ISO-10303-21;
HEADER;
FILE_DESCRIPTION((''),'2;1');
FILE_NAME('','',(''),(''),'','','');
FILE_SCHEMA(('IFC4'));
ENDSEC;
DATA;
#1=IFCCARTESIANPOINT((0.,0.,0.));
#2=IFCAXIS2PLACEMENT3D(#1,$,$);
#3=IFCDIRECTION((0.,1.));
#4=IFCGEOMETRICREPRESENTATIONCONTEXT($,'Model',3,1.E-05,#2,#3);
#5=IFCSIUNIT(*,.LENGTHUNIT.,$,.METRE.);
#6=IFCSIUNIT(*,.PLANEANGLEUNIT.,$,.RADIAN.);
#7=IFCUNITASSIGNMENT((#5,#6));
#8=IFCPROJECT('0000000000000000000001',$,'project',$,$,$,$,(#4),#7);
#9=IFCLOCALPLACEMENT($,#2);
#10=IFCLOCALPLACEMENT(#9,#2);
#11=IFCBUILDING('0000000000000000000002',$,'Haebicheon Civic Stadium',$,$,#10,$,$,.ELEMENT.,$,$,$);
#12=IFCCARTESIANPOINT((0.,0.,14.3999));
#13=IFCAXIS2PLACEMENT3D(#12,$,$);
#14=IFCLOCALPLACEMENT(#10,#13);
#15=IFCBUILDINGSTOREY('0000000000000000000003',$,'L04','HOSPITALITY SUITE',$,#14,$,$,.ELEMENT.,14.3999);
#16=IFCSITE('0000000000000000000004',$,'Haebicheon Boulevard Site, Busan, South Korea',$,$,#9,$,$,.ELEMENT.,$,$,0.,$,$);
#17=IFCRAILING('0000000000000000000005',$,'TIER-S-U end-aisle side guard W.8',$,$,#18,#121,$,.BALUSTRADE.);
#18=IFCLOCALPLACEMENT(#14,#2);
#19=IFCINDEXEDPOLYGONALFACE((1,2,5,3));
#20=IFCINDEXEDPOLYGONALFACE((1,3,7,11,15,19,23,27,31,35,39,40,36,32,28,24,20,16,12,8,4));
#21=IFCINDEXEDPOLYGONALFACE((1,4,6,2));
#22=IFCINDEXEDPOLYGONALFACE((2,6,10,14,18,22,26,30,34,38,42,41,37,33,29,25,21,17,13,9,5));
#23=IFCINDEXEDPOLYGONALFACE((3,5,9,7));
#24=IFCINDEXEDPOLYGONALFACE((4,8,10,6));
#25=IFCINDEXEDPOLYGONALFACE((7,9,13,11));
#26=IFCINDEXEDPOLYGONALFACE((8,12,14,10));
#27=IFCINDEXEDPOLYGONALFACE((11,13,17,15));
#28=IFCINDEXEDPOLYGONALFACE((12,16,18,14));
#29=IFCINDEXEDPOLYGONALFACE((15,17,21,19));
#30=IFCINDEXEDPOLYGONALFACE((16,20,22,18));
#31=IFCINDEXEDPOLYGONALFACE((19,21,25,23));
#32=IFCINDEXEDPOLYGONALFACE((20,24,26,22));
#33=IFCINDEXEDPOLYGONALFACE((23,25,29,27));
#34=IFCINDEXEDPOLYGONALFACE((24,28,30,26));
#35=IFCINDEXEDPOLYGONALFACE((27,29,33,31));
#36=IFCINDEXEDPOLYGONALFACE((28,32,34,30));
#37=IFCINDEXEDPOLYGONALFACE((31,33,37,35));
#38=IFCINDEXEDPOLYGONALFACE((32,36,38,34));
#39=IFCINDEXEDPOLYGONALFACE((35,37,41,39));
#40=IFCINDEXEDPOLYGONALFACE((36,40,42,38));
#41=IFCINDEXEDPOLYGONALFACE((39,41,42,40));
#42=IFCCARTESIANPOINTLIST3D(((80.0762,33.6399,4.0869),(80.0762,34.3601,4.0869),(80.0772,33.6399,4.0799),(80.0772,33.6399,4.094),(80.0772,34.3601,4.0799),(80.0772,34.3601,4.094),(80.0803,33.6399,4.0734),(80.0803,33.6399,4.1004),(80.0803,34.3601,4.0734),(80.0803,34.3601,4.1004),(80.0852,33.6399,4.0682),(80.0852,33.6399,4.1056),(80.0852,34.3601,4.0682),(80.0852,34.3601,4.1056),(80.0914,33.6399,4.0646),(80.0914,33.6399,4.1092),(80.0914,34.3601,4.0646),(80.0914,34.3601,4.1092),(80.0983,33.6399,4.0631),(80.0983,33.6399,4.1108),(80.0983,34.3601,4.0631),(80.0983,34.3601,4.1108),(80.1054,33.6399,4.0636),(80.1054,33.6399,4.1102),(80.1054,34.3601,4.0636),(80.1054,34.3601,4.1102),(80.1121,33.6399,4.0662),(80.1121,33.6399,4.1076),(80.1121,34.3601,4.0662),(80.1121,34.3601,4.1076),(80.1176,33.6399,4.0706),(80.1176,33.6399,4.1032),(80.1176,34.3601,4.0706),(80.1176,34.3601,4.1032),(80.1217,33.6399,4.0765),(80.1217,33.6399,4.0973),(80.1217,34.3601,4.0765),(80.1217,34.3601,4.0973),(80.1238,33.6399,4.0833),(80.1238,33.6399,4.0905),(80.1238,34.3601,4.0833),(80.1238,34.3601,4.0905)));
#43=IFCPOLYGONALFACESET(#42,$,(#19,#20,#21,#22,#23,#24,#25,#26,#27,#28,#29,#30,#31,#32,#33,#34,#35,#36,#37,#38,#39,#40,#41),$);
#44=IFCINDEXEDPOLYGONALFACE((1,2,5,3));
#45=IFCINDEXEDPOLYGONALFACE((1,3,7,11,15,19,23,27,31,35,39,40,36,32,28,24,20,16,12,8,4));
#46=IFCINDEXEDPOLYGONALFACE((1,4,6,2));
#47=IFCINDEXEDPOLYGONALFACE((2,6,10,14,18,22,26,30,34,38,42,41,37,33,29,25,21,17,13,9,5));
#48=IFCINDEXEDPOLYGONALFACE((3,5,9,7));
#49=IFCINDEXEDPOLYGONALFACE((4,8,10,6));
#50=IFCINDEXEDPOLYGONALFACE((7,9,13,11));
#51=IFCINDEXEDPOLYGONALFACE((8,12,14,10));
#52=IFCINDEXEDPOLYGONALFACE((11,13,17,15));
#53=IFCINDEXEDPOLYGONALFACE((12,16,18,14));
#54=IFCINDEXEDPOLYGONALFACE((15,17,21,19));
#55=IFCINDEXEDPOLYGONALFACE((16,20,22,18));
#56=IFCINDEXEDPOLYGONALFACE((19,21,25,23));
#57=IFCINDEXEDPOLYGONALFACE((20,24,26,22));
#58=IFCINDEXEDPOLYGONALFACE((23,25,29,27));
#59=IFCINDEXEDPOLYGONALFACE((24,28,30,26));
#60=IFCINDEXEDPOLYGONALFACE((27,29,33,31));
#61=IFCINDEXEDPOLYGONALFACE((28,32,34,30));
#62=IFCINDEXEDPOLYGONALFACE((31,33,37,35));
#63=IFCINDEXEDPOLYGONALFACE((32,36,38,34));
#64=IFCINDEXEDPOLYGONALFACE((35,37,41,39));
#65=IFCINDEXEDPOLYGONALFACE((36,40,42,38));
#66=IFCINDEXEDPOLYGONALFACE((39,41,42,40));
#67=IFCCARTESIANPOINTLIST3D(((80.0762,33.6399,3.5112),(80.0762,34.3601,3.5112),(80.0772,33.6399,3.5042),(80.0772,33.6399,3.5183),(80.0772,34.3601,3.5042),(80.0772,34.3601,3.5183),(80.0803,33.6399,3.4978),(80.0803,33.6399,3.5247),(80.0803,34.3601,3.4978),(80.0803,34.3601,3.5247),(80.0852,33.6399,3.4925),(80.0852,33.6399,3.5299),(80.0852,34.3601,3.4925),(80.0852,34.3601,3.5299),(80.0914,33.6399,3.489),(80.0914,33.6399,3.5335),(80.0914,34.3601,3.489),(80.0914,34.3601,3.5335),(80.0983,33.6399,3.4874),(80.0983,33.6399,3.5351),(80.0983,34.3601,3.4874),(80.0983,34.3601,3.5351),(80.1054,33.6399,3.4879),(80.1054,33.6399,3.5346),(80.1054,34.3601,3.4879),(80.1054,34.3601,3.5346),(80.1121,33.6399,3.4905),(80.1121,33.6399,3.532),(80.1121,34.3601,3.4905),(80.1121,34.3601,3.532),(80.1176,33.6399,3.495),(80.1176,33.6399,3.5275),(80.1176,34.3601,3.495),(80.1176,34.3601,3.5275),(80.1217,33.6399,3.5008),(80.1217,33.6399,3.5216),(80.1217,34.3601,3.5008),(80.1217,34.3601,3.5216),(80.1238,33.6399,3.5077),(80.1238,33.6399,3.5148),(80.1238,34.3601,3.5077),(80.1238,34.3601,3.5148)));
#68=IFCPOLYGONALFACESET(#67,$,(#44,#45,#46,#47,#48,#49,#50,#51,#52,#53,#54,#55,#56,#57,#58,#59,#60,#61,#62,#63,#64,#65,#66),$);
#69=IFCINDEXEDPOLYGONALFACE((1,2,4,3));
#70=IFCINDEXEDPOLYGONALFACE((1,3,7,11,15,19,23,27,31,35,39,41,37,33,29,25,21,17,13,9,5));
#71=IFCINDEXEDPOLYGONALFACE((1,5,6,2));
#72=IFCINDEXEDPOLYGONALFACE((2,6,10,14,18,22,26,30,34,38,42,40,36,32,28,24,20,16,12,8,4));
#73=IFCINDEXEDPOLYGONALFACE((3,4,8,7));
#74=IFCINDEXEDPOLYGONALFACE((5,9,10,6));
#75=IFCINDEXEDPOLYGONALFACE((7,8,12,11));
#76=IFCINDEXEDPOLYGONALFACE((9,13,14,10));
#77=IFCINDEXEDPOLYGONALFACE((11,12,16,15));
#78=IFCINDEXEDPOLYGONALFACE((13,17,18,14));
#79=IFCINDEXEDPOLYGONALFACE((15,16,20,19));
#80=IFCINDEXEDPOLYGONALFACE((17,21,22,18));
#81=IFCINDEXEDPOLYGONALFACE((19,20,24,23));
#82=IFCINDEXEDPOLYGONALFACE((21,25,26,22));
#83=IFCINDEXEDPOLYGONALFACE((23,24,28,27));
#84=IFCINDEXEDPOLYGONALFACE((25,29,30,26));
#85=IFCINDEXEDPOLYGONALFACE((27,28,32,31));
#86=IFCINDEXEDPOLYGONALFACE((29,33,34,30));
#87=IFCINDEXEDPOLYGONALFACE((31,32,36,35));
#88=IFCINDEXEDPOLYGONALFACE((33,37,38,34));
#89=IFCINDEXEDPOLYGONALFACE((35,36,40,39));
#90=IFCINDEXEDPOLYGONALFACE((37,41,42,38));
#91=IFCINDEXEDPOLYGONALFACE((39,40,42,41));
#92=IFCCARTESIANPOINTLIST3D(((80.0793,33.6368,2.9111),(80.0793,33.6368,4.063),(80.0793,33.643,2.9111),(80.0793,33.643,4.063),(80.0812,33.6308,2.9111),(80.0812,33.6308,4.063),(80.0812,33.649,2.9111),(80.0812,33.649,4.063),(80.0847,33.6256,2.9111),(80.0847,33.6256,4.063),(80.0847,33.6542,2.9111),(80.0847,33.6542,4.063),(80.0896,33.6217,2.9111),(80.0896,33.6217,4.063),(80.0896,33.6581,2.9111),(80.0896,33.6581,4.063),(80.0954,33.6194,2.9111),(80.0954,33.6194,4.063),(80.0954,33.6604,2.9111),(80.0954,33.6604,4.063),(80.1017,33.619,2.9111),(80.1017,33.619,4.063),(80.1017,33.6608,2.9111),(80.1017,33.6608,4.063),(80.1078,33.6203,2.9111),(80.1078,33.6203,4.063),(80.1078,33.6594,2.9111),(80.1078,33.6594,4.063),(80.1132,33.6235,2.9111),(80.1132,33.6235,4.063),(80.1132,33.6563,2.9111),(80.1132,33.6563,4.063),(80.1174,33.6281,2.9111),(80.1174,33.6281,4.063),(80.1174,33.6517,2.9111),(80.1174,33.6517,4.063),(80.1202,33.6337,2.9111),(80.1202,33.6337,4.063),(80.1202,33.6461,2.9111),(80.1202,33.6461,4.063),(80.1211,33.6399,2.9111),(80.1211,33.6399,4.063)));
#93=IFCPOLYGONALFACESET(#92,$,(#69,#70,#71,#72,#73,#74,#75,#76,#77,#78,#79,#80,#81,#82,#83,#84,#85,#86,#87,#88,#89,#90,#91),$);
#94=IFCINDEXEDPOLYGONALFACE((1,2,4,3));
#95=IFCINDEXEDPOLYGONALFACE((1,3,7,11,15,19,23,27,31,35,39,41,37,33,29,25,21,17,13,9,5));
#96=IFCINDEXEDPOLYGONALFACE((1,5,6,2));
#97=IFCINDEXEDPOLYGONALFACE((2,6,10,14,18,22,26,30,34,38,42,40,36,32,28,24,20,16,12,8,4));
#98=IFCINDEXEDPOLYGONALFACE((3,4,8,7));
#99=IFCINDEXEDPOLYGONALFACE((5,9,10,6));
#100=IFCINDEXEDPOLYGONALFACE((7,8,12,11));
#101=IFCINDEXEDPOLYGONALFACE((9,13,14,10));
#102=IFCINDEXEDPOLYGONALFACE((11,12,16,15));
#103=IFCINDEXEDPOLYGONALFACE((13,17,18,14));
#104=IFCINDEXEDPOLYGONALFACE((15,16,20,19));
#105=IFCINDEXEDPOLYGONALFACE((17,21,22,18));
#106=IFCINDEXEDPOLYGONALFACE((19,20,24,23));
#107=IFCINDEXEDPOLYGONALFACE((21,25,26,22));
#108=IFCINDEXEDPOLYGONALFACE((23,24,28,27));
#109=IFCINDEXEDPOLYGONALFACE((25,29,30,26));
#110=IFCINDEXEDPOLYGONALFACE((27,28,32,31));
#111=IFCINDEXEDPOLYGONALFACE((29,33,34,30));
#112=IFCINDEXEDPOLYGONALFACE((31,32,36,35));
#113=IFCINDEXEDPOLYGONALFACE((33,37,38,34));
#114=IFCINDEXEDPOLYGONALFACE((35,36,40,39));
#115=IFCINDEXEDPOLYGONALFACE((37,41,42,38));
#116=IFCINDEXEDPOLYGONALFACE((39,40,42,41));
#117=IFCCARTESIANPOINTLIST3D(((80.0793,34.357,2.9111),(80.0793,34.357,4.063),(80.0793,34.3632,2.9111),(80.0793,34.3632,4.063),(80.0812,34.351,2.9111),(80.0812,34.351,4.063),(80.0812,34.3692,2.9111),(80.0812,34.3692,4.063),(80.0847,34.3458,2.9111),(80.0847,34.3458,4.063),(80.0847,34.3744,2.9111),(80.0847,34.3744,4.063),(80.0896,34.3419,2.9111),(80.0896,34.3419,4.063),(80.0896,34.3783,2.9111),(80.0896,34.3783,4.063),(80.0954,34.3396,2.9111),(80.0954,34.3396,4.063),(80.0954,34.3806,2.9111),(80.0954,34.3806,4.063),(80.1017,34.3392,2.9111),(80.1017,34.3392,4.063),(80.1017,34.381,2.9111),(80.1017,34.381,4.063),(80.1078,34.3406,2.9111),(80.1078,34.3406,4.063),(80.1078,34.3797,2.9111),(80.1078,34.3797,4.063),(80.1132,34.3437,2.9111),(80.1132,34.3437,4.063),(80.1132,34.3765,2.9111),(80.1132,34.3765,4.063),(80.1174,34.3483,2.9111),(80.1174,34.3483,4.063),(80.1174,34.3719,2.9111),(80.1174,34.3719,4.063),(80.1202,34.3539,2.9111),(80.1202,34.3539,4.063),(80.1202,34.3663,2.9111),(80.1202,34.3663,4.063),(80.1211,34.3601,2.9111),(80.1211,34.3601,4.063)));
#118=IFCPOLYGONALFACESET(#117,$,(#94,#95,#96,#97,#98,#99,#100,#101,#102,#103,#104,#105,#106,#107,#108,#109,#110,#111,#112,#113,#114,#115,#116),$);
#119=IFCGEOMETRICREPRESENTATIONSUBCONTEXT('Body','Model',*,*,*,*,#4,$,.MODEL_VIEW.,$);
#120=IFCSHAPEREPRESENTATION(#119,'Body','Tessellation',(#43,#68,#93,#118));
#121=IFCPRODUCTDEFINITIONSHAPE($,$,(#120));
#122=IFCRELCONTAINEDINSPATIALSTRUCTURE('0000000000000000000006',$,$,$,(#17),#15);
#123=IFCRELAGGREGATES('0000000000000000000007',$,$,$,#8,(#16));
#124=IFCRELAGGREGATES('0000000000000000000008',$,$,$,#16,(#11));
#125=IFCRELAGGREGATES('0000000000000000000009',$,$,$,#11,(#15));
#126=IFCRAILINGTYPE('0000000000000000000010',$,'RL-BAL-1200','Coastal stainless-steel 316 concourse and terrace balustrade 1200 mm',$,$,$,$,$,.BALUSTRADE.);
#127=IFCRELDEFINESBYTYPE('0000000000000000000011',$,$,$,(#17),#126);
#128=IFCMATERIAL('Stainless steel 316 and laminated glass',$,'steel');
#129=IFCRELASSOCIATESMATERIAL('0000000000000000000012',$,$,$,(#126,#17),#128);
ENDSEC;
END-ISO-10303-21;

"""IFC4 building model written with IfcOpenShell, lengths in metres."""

from ifc_helpers import new_model, si_unit, direction, frame, origin, origin_2d, place, context, subcontext, project, spatial, circle, extrude, material, type_object, element, save


model = new_model("IFC4")

# Units and contexts
model_context = context("Model", 3, precision=1e-05, world=origin(), true_north=direction((0.0, 1.0)))
body_context = subcontext(model_context, "Body", "Model", "MODEL_VIEW")
ifc_project = project(units=[si_unit("LENGTHUNIT", "METRE"), si_unit("PLANEANGLEUNIT", "RADIAN")], contexts=[model_context])

# Site, building, storey
site_placement = place(None, origin())
site = spatial("IfcSite", under=ifc_project, at=site_placement, Name="Haebicheon Boulevard Site, Busan, South Korea", CompositionType="ELEMENT", RefElevation=0.0)
building_placement = place(site_placement, origin())
building = spatial("IfcBuilding", under=site, at=building_placement, Name="Haebicheon Civic Stadium", CompositionType="ELEMENT")
storey_placement = place(building_placement, frame((0.0, 0.0, 14.3999)))
storey = spatial("IfcBuildingStorey", under=building, at=storey_placement, Name="L04", Description="HOSPITALITY SUITE", CompositionType="ELEMENT", Elevation=14.3999)

# Railing
ifc_material_1 = material(Name="Stainless steel 316 and laminated glass", Category="steel")
railing_type = type_object("IfcRailingType", Name="RL-BAL-1200", Description="Coastal stainless-steel 316 concourse and terrace balustrade 1200 mm", PredefinedType="BALUSTRADE", material=ifc_material_1)
railing_1_placement = place(storey_placement, frame((80.1001, 33.6399, 2.9111)))
element("IfcRailing", 1, at=railing_1_placement, inside=storey, type_object=railing_type, material=ifc_material_1, Name="TIER-S-U end-aisle side guard W.8", PredefinedType="BALUSTRADE", context=body_context, shape_type="SweptSolid", body=[
    extrude(circle(Radius=0.0239, at=origin_2d()), frame((0.0, 0.0, 1.1758), z_axis=(0.0, 1.0, 0.0), x_axis=(-1.0, 0.0, 0.0)), (0.0, 0.0, 1.0), 0.7202),
    extrude(circle(Radius=0.0239, at=origin_2d()), frame((0.0, 0.0, 0.6001), z_axis=(0.0, 1.0, 0.0), x_axis=(-1.0, 0.0, 0.0)), (0.0, 0.0, 1.0), 0.7202),
    extrude(circle(Radius=0.021, at=origin_2d()), origin(), (0.0, 0.0, 1.0), 1.1519),
    extrude(circle(Radius=0.021, at=origin_2d()), frame((0.0, 0.7202, 0.0)), (0.0, 0.0, 1.0), 1.1519),
])

save(model, "model.ifc")
